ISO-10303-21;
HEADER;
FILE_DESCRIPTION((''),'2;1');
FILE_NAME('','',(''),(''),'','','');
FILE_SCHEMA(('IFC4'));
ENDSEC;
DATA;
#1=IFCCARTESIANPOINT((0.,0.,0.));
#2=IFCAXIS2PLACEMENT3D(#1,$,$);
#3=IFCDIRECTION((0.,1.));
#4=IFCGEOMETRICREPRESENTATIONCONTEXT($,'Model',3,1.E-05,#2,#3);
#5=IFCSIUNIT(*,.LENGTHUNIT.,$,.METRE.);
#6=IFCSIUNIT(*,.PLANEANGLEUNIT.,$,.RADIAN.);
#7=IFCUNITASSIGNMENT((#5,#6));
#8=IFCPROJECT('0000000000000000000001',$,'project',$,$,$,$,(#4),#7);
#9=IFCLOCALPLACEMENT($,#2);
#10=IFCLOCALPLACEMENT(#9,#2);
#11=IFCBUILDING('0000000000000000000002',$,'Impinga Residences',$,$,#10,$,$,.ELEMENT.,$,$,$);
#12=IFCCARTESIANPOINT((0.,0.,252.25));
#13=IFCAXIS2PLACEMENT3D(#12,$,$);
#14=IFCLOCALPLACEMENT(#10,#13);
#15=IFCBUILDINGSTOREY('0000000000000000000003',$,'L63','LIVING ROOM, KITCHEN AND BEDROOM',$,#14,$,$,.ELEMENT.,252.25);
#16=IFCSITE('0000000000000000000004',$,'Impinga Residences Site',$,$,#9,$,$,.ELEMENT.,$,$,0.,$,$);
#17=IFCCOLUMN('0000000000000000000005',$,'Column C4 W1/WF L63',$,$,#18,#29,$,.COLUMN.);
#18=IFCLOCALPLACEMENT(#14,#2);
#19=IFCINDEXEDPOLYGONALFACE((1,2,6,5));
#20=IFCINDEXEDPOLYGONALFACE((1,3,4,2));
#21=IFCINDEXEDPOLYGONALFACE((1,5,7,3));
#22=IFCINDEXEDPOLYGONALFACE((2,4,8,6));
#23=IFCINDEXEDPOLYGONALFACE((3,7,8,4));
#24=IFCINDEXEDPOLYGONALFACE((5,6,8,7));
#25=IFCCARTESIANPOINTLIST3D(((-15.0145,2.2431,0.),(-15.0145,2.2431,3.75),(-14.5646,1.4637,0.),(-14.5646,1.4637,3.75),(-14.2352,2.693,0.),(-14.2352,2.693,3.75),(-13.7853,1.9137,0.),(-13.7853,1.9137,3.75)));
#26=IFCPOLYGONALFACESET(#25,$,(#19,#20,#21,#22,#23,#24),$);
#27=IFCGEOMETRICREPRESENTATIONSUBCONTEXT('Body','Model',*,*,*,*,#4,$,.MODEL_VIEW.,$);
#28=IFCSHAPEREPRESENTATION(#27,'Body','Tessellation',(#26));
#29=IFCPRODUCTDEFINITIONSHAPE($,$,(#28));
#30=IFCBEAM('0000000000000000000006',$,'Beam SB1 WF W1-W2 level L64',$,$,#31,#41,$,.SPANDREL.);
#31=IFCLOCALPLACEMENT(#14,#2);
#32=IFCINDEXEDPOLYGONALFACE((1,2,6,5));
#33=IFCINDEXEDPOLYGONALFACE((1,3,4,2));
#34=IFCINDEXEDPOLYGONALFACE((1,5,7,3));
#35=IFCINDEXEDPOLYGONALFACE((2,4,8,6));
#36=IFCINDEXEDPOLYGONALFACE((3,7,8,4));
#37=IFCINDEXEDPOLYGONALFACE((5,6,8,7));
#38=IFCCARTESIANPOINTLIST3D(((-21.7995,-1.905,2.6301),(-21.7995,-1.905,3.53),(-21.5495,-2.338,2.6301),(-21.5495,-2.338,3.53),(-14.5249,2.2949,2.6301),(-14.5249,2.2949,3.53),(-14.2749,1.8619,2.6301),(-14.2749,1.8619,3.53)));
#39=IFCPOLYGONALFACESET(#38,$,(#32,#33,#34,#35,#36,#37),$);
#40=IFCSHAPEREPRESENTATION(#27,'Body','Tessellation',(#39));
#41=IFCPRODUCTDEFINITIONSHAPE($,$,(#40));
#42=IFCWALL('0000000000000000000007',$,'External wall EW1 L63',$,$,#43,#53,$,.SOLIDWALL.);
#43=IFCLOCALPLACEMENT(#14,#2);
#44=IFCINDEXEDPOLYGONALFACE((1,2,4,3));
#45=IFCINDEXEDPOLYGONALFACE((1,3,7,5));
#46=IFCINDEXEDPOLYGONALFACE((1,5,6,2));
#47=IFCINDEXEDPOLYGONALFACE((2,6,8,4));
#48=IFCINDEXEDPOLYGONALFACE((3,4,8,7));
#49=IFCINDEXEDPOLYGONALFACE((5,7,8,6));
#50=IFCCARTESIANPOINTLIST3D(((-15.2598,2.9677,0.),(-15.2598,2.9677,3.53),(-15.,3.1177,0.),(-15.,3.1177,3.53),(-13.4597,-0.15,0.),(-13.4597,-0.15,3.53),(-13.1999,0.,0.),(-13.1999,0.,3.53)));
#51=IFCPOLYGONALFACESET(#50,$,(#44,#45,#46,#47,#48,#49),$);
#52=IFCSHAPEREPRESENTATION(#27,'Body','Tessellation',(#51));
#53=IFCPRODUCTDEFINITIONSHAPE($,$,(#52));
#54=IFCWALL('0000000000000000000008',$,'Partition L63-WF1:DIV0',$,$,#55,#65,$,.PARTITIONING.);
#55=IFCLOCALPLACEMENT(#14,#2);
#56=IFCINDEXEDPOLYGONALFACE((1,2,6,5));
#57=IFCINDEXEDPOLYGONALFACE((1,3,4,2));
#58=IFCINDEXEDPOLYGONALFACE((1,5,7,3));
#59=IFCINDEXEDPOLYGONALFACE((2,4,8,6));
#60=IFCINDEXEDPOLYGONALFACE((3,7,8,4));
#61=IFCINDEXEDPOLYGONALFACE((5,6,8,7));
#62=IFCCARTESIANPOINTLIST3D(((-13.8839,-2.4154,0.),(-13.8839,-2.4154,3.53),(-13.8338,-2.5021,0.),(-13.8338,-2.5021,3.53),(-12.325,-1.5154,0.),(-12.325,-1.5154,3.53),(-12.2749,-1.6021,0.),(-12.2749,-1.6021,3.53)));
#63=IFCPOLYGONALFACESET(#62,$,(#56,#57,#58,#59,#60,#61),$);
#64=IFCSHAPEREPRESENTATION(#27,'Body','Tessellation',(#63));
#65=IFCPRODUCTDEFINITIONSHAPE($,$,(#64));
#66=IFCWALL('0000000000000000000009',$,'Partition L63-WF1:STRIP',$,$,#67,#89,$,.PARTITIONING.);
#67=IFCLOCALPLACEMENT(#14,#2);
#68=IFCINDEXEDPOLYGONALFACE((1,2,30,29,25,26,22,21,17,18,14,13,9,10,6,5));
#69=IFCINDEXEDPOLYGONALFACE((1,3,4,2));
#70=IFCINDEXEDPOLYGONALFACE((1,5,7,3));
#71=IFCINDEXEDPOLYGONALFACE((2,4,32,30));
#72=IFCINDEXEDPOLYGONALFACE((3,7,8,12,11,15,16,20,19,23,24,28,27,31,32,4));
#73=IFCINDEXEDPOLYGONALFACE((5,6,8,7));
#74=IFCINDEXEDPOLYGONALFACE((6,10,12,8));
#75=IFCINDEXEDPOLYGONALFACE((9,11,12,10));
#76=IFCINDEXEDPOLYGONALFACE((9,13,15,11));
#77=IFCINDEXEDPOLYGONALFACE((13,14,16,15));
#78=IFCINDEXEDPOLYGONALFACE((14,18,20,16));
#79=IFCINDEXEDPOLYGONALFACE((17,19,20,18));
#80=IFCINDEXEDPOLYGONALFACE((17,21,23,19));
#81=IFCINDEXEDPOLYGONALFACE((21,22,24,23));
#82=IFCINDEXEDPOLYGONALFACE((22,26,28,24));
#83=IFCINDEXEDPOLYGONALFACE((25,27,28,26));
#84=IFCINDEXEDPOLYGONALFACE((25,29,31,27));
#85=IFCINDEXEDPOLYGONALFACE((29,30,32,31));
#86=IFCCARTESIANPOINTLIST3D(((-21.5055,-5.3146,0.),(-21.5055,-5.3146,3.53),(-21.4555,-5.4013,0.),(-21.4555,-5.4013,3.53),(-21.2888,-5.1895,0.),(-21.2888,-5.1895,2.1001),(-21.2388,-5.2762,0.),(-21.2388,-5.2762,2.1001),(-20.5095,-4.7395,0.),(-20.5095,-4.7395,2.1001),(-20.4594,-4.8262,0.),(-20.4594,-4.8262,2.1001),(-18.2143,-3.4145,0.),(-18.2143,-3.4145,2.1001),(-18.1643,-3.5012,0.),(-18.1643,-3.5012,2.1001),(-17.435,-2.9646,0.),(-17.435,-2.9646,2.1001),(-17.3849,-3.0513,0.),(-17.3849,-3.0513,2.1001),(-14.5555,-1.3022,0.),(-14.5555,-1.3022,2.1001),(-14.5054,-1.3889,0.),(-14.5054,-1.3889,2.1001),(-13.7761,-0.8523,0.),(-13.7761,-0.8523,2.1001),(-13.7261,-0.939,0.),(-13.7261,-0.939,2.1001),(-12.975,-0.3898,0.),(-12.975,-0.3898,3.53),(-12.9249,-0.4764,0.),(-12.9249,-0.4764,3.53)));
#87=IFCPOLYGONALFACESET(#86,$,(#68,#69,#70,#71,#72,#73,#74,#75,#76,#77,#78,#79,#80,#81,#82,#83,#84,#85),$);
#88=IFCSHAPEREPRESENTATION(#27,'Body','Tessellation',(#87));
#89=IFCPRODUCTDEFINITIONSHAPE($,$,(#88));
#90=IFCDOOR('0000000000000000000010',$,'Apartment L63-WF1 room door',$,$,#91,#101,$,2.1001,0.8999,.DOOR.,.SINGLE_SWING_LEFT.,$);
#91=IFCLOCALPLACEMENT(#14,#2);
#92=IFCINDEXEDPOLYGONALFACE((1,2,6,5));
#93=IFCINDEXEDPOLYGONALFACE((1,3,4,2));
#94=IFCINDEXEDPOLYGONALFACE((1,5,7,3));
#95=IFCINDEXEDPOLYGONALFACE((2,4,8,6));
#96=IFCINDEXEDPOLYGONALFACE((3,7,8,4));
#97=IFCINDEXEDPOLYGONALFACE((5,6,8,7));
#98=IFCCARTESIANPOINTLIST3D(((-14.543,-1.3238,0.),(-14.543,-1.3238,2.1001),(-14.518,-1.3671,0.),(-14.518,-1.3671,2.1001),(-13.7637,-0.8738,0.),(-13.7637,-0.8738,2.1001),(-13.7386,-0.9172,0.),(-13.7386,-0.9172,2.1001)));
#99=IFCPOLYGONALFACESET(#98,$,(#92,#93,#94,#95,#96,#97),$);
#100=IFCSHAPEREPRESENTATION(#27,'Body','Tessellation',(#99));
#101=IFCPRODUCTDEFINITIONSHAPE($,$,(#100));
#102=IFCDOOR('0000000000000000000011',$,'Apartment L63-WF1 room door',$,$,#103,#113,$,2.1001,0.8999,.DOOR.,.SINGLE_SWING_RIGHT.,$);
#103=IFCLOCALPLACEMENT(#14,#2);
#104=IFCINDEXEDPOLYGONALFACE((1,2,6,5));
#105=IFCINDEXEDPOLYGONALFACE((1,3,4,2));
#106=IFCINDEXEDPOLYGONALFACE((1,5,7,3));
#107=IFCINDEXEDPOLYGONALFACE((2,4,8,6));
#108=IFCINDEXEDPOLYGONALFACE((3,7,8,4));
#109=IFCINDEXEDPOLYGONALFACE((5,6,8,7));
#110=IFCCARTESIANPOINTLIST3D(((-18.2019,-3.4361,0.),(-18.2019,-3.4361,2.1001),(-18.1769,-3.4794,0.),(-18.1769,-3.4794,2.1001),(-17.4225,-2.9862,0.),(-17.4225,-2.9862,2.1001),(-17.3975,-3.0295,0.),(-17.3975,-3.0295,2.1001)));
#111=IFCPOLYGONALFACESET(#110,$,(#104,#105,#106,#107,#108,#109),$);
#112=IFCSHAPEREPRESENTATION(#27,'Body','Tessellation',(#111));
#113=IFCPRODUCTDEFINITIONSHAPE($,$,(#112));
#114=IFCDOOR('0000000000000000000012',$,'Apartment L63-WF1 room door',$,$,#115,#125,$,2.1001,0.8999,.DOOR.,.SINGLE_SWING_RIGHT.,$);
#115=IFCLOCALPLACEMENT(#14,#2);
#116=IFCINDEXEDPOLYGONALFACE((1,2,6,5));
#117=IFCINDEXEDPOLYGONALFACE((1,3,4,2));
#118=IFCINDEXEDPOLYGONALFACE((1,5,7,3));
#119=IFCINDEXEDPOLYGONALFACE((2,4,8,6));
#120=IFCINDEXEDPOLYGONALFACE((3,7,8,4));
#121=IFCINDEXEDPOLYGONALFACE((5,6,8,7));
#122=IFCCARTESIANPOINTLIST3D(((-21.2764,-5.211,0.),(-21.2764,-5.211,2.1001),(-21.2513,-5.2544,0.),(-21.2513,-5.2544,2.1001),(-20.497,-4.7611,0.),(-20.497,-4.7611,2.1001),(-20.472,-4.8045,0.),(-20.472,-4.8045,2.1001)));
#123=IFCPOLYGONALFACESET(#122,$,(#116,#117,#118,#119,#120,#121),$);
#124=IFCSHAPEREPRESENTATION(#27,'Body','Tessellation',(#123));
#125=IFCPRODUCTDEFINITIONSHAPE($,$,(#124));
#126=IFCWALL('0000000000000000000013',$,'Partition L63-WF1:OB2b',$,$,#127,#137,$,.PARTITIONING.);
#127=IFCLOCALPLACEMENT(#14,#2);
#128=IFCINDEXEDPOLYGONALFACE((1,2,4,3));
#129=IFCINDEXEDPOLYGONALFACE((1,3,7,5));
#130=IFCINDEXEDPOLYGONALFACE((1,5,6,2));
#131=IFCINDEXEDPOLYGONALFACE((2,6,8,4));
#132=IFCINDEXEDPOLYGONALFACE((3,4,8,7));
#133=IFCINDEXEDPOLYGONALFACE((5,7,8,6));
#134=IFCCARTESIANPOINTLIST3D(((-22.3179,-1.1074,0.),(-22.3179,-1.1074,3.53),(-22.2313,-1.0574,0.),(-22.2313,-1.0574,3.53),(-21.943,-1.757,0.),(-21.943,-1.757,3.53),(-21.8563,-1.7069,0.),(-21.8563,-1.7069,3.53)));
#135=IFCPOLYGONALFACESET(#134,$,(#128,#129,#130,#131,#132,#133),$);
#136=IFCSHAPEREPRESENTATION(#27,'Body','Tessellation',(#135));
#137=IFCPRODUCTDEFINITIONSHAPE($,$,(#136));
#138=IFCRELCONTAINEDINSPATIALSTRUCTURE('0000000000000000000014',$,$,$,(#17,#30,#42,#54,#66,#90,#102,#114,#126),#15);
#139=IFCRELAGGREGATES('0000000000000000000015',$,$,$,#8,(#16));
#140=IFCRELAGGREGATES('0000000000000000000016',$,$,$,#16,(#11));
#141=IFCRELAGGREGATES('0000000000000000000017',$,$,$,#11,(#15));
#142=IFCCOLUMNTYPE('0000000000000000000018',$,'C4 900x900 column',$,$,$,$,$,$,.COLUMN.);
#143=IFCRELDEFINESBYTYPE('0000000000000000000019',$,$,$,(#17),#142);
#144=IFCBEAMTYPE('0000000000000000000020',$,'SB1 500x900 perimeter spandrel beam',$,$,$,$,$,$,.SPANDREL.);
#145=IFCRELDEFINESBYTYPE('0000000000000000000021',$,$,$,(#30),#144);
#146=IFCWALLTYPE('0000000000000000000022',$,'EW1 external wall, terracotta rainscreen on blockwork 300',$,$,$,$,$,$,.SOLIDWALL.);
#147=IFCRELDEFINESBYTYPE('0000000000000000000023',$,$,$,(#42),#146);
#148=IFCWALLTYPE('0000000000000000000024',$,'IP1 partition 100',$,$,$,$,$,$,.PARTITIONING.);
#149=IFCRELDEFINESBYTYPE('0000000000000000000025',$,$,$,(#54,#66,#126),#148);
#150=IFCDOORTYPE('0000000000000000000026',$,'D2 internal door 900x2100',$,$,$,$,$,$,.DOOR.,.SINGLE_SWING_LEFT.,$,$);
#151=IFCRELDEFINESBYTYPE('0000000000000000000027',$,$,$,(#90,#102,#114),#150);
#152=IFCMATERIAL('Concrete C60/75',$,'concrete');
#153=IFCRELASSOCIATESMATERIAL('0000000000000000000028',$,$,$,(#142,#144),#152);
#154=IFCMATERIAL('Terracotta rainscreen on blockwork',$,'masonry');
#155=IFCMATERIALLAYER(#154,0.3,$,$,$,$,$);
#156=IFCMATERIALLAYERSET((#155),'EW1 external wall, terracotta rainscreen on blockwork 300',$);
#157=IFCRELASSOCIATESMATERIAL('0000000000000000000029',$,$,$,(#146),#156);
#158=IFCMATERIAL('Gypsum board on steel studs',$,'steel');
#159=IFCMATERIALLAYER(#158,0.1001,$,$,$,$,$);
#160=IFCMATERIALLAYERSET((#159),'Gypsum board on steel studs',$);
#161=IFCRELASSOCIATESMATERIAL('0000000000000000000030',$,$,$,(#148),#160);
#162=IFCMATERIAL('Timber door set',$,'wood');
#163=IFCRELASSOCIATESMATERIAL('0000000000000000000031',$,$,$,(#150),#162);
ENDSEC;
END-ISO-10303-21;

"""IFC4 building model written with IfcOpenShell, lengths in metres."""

from ifc_helpers import new_model, si_unit, direction, frame, frame_2d, origin, origin_2d, place, context, subcontext, project, spatial, rectangle, extrude, material, layer, layer_set, material_profile, profile_set, type_object, element, fill, save


model = new_model("IFC4")

# Units and contexts
model_context = context("Model", 3, precision=1e-05, world=origin(), true_north=direction((0.0, 1.0)))
body_context = subcontext(model_context, "Body", "Model", "MODEL_VIEW")
ifc_project = project(units=[si_unit("LENGTHUNIT", "METRE"), si_unit("PLANEANGLEUNIT", "RADIAN")], contexts=[model_context])

# Site, building, storey
site_placement = place(None, origin())
site = spatial("IfcSite", under=ifc_project, at=site_placement, Name="Impinga Residences Site", CompositionType="ELEMENT", RefElevation=0.0)
building_placement = place(site_placement, origin())
building = spatial("IfcBuilding", under=site, at=building_placement, Name="Impinga Residences", CompositionType="ELEMENT")
storey_placement = place(building_placement, frame((0.0, 0.0, 252.25)))
storey = spatial("IfcBuildingStorey", under=building, at=storey_placement, Name="L63", Description="LIVING ROOM, KITCHEN AND BEDROOM", CompositionType="ELEMENT", Elevation=252.25)

# Column
ifc_material_1 = material(Name="Concrete C60/75", Category="concrete")
ifc_material_profile_1 = material_profile(ifc_material_1, rectangle(XDim=0.8999, YDim=0.8999, at=origin_2d()), Name="RC 900x900")
ifc_profile_set_1 = profile_set([ifc_material_profile_1], Name="Concrete C60/75")
column_type = type_object("IfcColumnType", Name="C4 900x900 column", PredefinedType="COLUMN", material=ifc_profile_set_1)
column_placement = place(storey_placement, frame((-14.3999, 2.0784, 0.0), z_axis=(0.0, 0.0, 1.0), x_axis=(-0.5, 0.866025, 0.0)))
element("IfcColumn", 1, at=column_placement, inside=storey, type_object=column_type, Name="Column C4 W1/WF L63", PredefinedType="COLUMN", context=body_context, shape_type="SweptSolid", body=[
    extrude(rectangle(XDim=0.8999, YDim=0.8999, at=origin_2d()), origin(), (0.0, 0.0, 1.0), 3.75),
])

# Beam
ifc_material_profile_2 = material_profile(ifc_material_1, rectangle(XDim=0.5, YDim=0.8999, at=origin_2d()), Name="RC 500x900")
ifc_profile_set_2 = profile_set([ifc_material_profile_2], Name="Concrete C60/75")
beam_type = type_object("IfcBeamType", Name="SB1 500x900 perimeter spandrel beam", PredefinedType="SPANDREL", material=ifc_profile_set_2)
beam_placement = place(storey_placement, frame((-14.3999, 2.0784, 3.0801), z_axis=(-0.866029, -0.499993, 0.0), x_axis=(0.499993, -0.866029, 0.0)))
element("IfcBeam", 2, at=beam_placement, inside=storey, type_object=beam_type, Name="Beam SB1 WF W1-W2 level L64", PredefinedType="SPANDREL", context=body_context, shape_type="SweptSolid", body=[
    extrude(rectangle(XDim=0.5, YDim=0.8999, at=origin_2d()), origin(), (0.0, 0.0, 1.0), 8.3999),
])

# Walls
ifc_material_2 = material(Name="Terracotta rainscreen on blockwork", Category="masonry")
ifc_layer_1 = layer(ifc_material_2, 0.3)
ifc_layer_set_1 = layer_set([ifc_layer_1], Name="EW1 external wall, terracotta rainscreen on blockwork 300")
wall_type_1 = type_object("IfcWallType", Name="EW1 external wall, terracotta rainscreen on blockwork 300", PredefinedType="SOLIDWALL", material=ifc_layer_set_1)
wall_1_placement = place(storey_placement, frame((-15.1299, 3.0427, 0.0), z_axis=(0.0, 0.0, 1.0), x_axis=(0.500012, -0.866018, 0.0)))
element("IfcWall", 3, at=wall_1_placement, inside=storey, type_object=wall_type_1, Name="External wall EW1 L63", PredefinedType="SOLIDWALL", context=body_context, shape_type="SweptSolid", body=[
    extrude(rectangle(XDim=3.6001, YDim=0.3, at=frame_2d((1.8, 0.0))), origin(), (0.0, 0.0, 1.0), 3.53),
])
ifc_material_3 = material(Name="Gypsum board on steel studs", Category="steel")
ifc_layer_2 = layer(ifc_material_3, 0.1001)
ifc_layer_set_2 = layer_set([ifc_layer_2], Name="Gypsum board on steel studs")
wall_type_2 = type_object("IfcWallType", Name="IP1 partition 100", PredefinedType="PARTITIONING", material=ifc_layer_set_2)
wall_2_placement = place(storey_placement, frame((-12.3, -1.5588, 0.0), z_axis=(0.0, 0.0, 1.0), x_axis=(-0.866048, -0.499961, 0.0)))
element("IfcWall", 4, at=wall_2_placement, inside=storey, type_object=wall_type_2, Name="Partition L63-WF1:DIV0", PredefinedType="PARTITIONING", context=body_context, shape_type="SweptSolid", body=[
    extrude(rectangle(XDim=1.8, YDim=0.1001, at=frame_2d((0.8999, 0.0))), origin(), (0.0, 0.0, 1.0), 3.53),
])

# Wall, openings, doors
wall_3_placement = place(storey_placement, frame((-12.95, -0.4331, 0.0), z_axis=(0.0, 0.0, 1.0), x_axis=(-0.866038, -0.499978, 0.0)))
wall_3 = element("IfcWall", 5, at=wall_3_placement, inside=storey, type_object=wall_type_2, Name="Partition L63-WF1:STRIP", PredefinedType="PARTITIONING", context=body_context, shape_type="SweptSolid", body=[
    extrude(rectangle(XDim=9.8501, YDim=0.1001, at=frame_2d((4.925, 0.0))), origin(), (0.0, 0.0, 1.0), 3.53),
])
opening_1_placement = place(wall_3_placement, frame((0.925, 0.0, 0.0)))
opening_1 = element("IfcOpeningElement", 6, at=opening_1_placement, cuts=wall_3, PredefinedType="OPENING", context=body_context, shape_type="SweptSolid", body=[
    extrude(rectangle(XDim=0.8999, YDim=2.1001, at=frame_2d((0.45, 1.05))), frame((0.0, 0.0601, 0.0), z_axis=(0.0, -1.0, 0.0), x_axis=(1.0, 0.0, 0.0)), (0.0, 0.0, 1.0), 0.1201),
])
opening_2_placement = place(wall_3_placement, frame((5.1499, 0.0, 0.0)))
opening_2 = element("IfcOpeningElement", 7, at=opening_2_placement, cuts=wall_3, PredefinedType="OPENING", context=body_context, shape_type="SweptSolid", body=[
    extrude(rectangle(XDim=0.8999, YDim=2.1001, at=frame_2d((0.45, 1.05))), frame((0.0, 0.0601, 0.0), z_axis=(0.0, -1.0, 0.0), x_axis=(1.0, 0.0, 0.0)), (0.0, 0.0, 1.0), 0.1201),
])
opening_3_placement = place(wall_3_placement, frame((8.7, 0.0, 0.0)))
opening_3 = element("IfcOpeningElement", 8, at=opening_3_placement, cuts=wall_3, PredefinedType="OPENING", context=body_context, shape_type="SweptSolid", body=[
    extrude(rectangle(XDim=0.8999, YDim=2.1001, at=frame_2d((0.45, 1.05))), frame((0.0, 0.0601, 0.0), z_axis=(0.0, -1.0, 0.0), x_axis=(1.0, 0.0, 0.0)), (0.0, 0.0, 1.0), 0.1201),
])
ifc_material_4 = material(Name="Timber door set", Category="wood")
door_type_1 = type_object("IfcDoorType", Name="D2 internal door 900x2100", OperationType="SINGLE_SWING_LEFT", PredefinedType="DOOR", material=ifc_material_4)
door_1_placement = place(opening_1_placement, origin())
door_1 = element("IfcDoor", 9, at=door_1_placement, inside=storey, type_object=door_type_1, Name="Apartment L63-WF1 room door", OperationType="SINGLE_SWING_LEFT", OverallHeight=2.1001, OverallWidth=0.8999, PredefinedType="DOOR", context=body_context, shape_type="SweptSolid", body=[
    extrude(rectangle(XDim=0.8999, YDim=2.1001, at=frame_2d((0.45, 1.05))), frame((0.0, 0.0249, 0.0), z_axis=(0.0, -1.0, 0.0), x_axis=(1.0, 0.0, 0.0)), (0.0, 0.0, 1.0), 0.05),
])
fill(opening_1, door_1)
door_2_placement = place(opening_2_placement, origin())
door_2 = element("IfcDoor", 10, at=door_2_placement, inside=storey, type_object=door_type_1, Name="Apartment L63-WF1 room door", OperationType="SINGLE_SWING_RIGHT", OverallHeight=2.1001, OverallWidth=0.8999, PredefinedType="DOOR", context=body_context, shape_type="SweptSolid", body=[
    extrude(rectangle(XDim=0.8999, YDim=2.1001, at=frame_2d((0.45, 1.05))), frame((0.0, 0.0249, 0.0), z_axis=(0.0, -1.0, 0.0), x_axis=(1.0, 0.0, 0.0)), (0.0, 0.0, 1.0), 0.05),
])
fill(opening_2, door_2)
door_3_placement = place(opening_3_placement, origin())
door_3 = element("IfcDoor", 11, at=door_3_placement, inside=storey, type_object=door_type_1, Name="Apartment L63-WF1 room door", OperationType="SINGLE_SWING_RIGHT", OverallHeight=2.1001, OverallWidth=0.8999, PredefinedType="DOOR", context=body_context, shape_type="SweptSolid", body=[
    extrude(rectangle(XDim=0.8999, YDim=2.1001, at=frame_2d((0.45, 1.05))), frame((0.0, 0.0249, 0.0), z_axis=(0.0, -1.0, 0.0), x_axis=(1.0, 0.0, 0.0)), (0.0, 0.0, 1.0), 0.05),
])
fill(opening_3, door_3)

# Wall
wall_4_placement = place(storey_placement, frame((-21.8997, -1.7319, 0.0), z_axis=(0.0, 0.0, 1.0), x_axis=(-0.49992, 0.866072, 0.0)))
element("IfcWall", 12, at=wall_4_placement, inside=storey, type_object=wall_type_2, Name="Partition L63-WF1:OB2b", PredefinedType="PARTITIONING", context=body_context, shape_type="SweptSolid", body=[
    extrude(rectangle(XDim=0.75, YDim=0.1001, at=frame_2d((0.375, 0.0))), origin(), (0.0, 0.0, 1.0), 3.53),
])

save(model, "model.ifc")
